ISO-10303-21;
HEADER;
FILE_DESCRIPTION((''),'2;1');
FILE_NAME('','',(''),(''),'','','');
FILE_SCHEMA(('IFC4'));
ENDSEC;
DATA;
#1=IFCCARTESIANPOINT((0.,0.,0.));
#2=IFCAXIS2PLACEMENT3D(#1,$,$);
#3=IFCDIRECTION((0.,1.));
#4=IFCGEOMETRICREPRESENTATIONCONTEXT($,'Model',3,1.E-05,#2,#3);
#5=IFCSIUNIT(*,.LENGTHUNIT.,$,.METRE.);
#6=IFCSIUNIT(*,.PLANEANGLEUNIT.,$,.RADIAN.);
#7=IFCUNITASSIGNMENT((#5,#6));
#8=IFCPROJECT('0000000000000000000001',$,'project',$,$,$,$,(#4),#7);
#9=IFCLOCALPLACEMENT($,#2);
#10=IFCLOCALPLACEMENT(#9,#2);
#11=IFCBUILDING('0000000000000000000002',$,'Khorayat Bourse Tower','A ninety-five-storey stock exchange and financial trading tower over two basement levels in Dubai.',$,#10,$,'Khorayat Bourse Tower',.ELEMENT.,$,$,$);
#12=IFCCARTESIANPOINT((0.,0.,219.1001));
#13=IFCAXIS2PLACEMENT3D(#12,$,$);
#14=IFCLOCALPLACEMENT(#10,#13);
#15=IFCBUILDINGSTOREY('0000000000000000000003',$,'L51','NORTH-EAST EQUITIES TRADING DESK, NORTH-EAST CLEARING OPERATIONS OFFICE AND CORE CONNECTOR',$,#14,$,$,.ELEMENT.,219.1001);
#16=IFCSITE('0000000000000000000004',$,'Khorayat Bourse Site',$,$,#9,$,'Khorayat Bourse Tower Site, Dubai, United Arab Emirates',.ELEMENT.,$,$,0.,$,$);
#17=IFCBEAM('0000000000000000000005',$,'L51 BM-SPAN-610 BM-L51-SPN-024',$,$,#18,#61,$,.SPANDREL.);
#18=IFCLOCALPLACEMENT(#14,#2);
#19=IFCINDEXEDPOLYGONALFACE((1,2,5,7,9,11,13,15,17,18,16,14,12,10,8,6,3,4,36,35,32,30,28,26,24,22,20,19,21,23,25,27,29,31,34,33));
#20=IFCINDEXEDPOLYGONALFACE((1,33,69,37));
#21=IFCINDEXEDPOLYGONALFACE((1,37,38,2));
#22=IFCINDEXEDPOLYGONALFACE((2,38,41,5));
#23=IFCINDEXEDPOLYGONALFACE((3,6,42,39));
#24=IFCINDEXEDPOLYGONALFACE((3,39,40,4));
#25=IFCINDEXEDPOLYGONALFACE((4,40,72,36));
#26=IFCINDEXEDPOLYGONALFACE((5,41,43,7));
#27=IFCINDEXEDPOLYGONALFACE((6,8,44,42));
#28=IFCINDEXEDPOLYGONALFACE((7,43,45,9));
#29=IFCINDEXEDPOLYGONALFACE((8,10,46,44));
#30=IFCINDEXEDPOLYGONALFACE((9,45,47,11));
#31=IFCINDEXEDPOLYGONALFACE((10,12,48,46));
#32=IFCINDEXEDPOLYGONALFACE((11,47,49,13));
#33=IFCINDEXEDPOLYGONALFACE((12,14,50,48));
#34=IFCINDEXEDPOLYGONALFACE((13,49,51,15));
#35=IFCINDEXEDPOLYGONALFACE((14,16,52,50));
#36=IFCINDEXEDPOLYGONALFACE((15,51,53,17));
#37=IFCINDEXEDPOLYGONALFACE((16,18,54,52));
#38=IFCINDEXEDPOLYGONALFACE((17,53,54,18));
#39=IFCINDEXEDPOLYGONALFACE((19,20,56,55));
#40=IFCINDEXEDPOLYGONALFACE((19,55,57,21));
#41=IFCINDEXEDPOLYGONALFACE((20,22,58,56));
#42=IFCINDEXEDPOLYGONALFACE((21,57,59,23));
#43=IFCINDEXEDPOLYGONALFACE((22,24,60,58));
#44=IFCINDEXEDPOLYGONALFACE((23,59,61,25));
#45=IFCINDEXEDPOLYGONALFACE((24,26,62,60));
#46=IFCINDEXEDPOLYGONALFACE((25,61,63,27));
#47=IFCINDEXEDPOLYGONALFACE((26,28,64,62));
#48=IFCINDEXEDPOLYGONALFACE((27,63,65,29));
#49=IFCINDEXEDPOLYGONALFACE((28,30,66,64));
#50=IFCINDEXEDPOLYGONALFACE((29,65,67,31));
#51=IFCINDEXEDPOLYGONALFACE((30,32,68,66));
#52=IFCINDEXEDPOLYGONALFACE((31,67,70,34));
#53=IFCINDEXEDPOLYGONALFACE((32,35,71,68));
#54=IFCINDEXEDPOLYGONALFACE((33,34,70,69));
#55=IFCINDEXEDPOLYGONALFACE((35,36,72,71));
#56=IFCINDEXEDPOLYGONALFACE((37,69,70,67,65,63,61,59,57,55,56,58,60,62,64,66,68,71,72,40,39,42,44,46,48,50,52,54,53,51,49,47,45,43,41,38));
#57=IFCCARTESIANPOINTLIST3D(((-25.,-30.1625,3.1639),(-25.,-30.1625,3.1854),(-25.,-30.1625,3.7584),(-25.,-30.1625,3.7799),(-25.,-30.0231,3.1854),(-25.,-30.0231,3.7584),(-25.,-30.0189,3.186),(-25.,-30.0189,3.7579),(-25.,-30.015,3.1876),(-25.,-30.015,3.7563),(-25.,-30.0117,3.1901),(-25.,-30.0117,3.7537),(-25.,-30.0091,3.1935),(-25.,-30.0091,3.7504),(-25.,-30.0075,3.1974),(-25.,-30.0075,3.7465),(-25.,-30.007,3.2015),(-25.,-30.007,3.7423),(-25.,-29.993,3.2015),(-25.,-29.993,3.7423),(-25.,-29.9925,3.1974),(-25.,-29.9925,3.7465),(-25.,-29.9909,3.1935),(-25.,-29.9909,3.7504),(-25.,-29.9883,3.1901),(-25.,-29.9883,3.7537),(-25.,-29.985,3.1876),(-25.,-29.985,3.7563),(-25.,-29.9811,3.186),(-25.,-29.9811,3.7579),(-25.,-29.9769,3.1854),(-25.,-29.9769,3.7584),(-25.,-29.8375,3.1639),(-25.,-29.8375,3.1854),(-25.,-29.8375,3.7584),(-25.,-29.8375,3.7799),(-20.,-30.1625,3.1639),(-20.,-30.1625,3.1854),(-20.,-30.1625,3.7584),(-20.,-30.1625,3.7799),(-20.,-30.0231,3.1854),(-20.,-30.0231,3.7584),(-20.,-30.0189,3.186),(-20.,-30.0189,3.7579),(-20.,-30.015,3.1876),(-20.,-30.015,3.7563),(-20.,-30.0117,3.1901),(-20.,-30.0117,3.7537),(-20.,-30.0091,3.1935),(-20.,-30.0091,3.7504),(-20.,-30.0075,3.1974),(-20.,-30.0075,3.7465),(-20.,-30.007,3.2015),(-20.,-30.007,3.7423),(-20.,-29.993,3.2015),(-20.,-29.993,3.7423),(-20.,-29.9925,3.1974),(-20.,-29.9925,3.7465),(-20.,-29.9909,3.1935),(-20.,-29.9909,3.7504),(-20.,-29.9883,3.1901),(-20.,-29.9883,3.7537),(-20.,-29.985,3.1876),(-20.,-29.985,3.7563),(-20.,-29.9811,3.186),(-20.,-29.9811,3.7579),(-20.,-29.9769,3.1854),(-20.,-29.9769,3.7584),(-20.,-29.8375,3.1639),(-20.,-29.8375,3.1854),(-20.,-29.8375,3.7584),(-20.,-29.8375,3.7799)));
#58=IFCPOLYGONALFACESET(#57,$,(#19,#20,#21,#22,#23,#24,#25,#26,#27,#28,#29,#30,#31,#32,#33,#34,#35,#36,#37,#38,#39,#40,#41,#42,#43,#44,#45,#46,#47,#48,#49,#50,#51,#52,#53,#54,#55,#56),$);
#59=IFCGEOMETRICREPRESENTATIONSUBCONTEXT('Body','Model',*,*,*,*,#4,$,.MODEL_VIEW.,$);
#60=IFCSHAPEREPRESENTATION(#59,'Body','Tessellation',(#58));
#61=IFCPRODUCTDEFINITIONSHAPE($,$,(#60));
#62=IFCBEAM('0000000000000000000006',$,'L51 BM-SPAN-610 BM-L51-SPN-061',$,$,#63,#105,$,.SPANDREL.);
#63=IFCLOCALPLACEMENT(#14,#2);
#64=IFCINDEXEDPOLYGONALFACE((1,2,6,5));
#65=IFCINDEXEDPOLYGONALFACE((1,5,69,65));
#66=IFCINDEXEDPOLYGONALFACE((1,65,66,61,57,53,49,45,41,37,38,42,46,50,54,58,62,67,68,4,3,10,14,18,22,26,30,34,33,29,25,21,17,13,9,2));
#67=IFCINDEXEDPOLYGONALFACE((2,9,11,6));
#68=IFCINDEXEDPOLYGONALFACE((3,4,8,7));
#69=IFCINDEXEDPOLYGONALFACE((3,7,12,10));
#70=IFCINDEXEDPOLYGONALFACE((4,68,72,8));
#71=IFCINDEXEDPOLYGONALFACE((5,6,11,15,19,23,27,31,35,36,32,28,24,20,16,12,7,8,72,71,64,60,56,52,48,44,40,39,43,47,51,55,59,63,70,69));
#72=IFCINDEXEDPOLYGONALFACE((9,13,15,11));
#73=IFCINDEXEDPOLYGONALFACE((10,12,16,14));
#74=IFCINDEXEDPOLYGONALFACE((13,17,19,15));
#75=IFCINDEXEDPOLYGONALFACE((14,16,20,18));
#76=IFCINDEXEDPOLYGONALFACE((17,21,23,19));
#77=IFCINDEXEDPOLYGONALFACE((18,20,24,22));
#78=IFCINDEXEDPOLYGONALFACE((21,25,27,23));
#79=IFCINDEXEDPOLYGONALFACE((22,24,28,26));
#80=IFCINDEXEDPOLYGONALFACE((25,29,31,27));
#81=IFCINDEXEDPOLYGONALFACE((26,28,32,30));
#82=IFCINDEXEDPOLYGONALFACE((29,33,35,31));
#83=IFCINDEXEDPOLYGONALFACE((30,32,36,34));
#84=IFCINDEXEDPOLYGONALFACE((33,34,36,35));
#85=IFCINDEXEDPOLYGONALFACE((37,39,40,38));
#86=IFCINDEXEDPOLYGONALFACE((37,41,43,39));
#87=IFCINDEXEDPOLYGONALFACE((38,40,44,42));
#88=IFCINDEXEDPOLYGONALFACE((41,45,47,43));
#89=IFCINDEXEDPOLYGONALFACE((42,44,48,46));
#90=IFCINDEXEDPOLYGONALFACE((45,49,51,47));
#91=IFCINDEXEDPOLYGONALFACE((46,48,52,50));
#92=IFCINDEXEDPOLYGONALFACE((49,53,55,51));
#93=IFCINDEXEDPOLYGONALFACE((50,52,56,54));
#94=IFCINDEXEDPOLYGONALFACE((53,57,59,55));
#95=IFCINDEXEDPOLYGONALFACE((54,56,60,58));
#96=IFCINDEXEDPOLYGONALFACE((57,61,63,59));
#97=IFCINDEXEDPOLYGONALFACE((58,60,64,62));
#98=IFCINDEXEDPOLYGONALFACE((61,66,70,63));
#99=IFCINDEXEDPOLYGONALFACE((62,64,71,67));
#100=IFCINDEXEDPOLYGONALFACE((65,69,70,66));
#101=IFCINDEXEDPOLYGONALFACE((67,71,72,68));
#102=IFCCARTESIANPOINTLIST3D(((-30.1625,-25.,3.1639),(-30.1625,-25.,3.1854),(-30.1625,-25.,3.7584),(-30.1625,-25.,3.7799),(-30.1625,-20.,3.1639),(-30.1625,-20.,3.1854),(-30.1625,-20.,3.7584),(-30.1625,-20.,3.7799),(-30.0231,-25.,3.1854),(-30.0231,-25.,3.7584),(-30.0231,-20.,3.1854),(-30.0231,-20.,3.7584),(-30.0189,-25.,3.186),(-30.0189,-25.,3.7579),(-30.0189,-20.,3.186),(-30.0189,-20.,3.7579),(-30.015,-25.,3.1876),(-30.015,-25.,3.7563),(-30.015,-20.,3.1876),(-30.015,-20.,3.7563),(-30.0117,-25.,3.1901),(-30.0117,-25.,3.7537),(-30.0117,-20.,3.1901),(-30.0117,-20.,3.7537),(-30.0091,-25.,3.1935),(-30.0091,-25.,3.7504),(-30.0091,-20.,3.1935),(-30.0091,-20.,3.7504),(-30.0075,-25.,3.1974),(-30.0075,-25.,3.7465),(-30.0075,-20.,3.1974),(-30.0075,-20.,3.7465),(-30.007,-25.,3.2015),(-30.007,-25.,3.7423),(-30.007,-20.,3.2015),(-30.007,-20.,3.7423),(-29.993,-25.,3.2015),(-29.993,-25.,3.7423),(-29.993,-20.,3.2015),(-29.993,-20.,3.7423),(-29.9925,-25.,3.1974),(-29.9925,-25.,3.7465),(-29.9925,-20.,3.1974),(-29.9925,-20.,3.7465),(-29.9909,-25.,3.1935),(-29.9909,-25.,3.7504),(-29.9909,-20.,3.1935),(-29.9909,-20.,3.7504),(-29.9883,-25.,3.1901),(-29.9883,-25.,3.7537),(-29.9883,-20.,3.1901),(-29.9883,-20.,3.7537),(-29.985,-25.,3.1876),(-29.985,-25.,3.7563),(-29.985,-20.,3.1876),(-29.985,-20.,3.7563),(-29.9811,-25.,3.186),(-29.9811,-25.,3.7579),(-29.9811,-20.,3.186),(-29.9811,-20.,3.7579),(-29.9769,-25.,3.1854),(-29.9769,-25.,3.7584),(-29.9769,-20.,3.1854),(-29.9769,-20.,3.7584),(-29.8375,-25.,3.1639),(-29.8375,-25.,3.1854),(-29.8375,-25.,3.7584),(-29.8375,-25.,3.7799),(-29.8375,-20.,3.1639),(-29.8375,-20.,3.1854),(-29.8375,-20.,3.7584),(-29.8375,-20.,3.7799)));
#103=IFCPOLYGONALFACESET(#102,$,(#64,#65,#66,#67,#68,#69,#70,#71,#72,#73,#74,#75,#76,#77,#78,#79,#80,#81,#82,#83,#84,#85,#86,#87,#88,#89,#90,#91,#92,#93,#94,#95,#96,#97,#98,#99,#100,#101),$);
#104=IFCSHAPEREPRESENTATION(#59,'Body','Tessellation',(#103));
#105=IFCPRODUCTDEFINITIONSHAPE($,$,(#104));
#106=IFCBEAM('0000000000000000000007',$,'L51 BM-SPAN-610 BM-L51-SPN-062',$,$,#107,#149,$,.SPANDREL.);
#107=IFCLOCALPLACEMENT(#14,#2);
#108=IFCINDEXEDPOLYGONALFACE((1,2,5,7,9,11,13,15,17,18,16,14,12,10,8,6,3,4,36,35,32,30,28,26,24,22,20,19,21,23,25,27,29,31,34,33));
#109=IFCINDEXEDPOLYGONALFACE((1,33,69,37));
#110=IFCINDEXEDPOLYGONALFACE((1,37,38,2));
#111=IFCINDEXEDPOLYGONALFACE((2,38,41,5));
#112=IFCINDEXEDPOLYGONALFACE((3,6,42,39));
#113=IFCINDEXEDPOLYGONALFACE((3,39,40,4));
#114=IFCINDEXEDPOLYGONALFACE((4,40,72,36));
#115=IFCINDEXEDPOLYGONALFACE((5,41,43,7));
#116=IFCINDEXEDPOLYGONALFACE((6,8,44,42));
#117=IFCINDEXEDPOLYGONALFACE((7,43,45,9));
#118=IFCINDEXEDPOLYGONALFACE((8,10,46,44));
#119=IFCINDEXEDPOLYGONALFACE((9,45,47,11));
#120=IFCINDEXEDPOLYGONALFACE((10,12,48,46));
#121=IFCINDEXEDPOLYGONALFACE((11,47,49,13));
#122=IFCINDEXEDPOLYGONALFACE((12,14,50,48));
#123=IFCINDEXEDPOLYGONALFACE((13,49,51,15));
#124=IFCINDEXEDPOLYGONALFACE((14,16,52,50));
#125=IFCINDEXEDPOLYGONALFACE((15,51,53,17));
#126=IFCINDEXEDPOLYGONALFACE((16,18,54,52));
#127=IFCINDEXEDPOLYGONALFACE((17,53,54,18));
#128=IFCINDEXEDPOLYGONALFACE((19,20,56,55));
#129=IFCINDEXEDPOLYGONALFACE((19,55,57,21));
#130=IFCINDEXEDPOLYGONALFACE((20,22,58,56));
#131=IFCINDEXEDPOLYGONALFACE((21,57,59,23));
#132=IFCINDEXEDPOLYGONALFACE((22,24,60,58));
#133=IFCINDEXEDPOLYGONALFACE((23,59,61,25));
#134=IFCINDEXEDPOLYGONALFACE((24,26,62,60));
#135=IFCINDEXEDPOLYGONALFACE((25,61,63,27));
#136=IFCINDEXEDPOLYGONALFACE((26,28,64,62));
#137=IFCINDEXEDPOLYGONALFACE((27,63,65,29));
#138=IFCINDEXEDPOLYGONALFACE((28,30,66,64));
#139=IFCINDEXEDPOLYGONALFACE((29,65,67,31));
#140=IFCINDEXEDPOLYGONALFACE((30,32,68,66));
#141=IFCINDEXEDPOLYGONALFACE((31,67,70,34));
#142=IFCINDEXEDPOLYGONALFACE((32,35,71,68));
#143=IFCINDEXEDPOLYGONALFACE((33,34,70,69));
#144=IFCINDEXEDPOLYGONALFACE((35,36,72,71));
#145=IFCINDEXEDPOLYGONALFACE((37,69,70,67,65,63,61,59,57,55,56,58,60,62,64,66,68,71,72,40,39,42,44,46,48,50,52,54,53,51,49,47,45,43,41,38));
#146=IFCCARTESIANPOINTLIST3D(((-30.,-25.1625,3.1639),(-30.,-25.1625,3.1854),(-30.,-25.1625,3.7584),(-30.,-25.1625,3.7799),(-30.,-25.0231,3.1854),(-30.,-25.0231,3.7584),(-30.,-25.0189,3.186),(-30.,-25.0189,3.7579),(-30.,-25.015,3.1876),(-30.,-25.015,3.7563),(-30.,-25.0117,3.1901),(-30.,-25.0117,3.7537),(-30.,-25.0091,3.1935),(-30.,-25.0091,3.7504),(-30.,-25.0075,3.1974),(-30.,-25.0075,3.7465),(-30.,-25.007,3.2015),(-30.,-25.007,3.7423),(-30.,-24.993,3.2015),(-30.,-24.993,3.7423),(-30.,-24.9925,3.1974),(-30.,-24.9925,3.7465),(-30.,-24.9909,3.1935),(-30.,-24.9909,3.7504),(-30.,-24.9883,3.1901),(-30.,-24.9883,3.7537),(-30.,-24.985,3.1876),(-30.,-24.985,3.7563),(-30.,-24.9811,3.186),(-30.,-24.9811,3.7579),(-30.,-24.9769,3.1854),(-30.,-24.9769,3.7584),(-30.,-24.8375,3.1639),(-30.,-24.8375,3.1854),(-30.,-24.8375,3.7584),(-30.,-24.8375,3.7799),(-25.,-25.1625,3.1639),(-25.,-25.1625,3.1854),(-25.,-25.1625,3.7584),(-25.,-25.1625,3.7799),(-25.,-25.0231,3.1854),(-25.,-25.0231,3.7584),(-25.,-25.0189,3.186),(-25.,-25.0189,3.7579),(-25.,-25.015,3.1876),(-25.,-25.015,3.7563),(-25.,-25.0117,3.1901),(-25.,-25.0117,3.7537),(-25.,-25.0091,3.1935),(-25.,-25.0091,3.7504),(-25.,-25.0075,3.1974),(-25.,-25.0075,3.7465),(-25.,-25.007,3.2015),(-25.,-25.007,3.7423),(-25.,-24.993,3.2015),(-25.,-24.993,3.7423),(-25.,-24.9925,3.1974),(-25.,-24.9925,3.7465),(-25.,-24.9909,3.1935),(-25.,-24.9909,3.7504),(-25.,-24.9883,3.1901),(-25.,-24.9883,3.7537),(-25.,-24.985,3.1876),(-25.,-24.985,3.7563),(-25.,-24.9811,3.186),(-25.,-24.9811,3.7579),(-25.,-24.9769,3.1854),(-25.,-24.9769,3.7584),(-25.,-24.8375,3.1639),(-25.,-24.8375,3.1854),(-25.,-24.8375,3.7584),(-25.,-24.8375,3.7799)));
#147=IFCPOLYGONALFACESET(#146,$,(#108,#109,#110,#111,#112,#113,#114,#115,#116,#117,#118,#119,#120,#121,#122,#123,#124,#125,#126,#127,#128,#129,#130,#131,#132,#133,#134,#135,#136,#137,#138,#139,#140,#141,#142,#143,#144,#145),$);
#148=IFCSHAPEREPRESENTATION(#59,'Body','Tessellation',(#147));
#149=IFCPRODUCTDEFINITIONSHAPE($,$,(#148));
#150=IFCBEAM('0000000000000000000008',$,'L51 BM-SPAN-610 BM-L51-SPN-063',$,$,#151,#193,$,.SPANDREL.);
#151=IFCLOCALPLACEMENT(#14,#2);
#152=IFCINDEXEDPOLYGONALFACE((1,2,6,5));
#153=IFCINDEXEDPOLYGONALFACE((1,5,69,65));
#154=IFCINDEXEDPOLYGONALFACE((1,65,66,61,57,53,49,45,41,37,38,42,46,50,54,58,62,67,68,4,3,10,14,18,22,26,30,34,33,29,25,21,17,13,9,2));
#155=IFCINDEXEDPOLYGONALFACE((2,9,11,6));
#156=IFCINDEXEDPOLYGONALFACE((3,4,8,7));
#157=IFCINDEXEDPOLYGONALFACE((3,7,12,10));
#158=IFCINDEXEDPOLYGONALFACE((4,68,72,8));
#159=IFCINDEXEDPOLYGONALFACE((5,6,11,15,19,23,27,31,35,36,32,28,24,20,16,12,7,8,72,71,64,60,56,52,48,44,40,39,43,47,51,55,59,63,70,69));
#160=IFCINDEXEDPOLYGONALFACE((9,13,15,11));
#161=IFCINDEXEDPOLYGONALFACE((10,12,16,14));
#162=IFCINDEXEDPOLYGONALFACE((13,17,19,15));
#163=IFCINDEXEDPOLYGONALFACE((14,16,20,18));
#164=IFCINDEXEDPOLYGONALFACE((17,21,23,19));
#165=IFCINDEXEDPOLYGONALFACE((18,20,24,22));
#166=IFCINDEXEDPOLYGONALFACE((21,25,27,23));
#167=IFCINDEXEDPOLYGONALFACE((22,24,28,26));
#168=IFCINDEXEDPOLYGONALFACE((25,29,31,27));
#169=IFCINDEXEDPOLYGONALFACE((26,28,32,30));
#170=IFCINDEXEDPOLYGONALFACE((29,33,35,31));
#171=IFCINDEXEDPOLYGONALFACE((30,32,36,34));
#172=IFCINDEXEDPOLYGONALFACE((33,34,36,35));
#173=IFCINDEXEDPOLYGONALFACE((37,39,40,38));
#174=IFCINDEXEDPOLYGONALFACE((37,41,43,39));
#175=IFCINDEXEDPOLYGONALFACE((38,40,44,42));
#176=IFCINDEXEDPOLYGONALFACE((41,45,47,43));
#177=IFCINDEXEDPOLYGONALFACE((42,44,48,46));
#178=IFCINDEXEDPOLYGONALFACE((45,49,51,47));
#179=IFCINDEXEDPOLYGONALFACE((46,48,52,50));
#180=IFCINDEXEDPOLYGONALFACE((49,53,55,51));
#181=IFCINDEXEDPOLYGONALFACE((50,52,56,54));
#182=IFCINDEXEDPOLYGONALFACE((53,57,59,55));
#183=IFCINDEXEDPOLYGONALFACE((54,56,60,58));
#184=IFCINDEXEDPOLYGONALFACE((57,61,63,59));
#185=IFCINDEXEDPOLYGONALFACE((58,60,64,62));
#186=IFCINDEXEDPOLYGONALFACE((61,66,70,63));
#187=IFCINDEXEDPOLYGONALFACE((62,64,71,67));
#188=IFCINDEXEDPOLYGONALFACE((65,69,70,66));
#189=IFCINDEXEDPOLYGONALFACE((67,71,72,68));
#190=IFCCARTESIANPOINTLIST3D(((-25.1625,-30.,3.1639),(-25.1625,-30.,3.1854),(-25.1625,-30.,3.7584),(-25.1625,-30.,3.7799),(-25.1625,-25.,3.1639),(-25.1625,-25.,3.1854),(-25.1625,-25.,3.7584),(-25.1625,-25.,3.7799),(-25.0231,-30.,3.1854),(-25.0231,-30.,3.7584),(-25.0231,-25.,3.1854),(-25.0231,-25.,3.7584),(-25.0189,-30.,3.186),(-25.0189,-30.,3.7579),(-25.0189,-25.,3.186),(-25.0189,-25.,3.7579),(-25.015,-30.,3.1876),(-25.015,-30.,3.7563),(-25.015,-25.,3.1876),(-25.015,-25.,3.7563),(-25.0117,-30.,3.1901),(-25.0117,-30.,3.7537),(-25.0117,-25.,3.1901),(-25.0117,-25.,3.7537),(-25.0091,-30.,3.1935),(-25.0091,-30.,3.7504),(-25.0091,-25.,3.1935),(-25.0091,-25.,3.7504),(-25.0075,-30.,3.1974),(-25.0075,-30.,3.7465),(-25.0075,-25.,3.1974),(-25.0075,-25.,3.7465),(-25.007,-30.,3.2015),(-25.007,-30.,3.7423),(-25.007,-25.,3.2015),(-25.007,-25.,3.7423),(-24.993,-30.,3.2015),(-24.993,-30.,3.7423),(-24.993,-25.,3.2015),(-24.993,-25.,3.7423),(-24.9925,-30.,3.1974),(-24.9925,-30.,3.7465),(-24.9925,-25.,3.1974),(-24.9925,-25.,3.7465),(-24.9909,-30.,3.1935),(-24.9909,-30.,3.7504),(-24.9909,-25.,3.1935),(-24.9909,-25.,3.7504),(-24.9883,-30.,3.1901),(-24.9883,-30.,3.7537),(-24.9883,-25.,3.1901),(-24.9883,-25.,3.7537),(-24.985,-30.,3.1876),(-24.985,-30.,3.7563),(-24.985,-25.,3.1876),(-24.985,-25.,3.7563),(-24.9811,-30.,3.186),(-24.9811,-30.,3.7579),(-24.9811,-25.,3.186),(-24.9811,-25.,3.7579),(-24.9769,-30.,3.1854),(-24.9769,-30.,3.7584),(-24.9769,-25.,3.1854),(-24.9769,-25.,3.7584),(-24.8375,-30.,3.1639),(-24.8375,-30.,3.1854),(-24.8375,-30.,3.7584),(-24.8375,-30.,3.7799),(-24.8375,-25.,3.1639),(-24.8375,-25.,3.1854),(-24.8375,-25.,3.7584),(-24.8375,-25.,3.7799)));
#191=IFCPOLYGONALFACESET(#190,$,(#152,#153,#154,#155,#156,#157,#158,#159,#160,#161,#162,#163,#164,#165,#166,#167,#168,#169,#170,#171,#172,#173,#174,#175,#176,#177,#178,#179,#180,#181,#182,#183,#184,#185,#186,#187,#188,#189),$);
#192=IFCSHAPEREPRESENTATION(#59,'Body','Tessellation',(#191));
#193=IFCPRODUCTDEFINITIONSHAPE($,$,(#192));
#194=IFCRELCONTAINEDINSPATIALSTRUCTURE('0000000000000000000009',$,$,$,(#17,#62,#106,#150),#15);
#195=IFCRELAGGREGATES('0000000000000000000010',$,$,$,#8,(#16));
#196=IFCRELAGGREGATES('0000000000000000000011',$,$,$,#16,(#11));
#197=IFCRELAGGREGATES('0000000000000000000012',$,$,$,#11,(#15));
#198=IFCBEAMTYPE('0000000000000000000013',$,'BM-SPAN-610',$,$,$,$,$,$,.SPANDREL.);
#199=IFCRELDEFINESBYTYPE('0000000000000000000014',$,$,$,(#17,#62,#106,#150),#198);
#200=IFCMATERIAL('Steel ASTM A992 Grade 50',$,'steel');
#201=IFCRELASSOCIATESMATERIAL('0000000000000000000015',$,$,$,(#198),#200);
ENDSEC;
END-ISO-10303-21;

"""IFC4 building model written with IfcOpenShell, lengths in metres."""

from ifc_helpers import new_model, si_unit, direction, frame, origin, origin_2d, place, context, subcontext, project, spatial, i_section, extrude, source, transform, mapped, material, material_profile, profile_set, type_object, element, save


model = new_model("IFC4")

# Units and contexts
model_context = context("Model", 3, precision=1e-05, world=origin(), true_north=direction((0.0, 1.0)))
body_context = subcontext(model_context, "Body", "Model", "MODEL_VIEW")
ifc_project = project(units=[si_unit("LENGTHUNIT", "METRE"), si_unit("PLANEANGLEUNIT", "RADIAN")], contexts=[model_context])

# Site, building, storey
site_placement = place(None, origin())
site = spatial("IfcSite", under=ifc_project, at=site_placement, Name="Khorayat Bourse Site", LongName="Khorayat Bourse Tower Site, Dubai, United Arab Emirates", CompositionType="ELEMENT", RefElevation=0.0)
building_placement = place(site_placement, origin())
building = spatial("IfcBuilding", under=site, at=building_placement, Name="Khorayat Bourse Tower", Description="A ninety-five-storey stock exchange and financial trading tower over two basement levels in Dubai.", LongName="Khorayat Bourse Tower", CompositionType="ELEMENT")
storey_placement = place(building_placement, frame((0.0, 0.0, 219.1001)))
storey = spatial("IfcBuildingStorey", under=building, at=storey_placement, Name="L51", Description="NORTH-EAST EQUITIES TRADING DESK, NORTH-EAST CLEARING OPERATIONS OFFICE AND CORE CONNECTOR", CompositionType="ELEMENT", Elevation=219.1001)

# Beams
ifc_material_1 = material(Name="Steel ASTM A992 Grade 50", Category="steel")
ifc_material_profile_1 = material_profile(ifc_material_1, i_section(OverallWidth=0.325, OverallDepth=0.616, WebThickness=0.0139, FlangeThickness=0.0215, FilletRadius=0.0161, at=origin_2d()), Name="W610X174")
ifc_profile_set_1 = profile_set([ifc_material_profile_1], Name="Steel ASTM A992 Grade 50")
beam_type_1 = type_object("IfcBeamType", Name="BM-SPAN-610", PredefinedType="SPANDREL", material=ifc_profile_set_1)
shared_shape_1 = source(origin(), body_context, "Body", "SweptSolid", [
    extrude(i_section(OverallWidth=0.325, OverallDepth=0.616, WebThickness=0.0139, FlangeThickness=0.0215, FilletRadius=0.0161, at=origin_2d()), origin(), (0.0, 0.0, 1.0), 5.0),
])
for number, where, z_axis, x_axis, name in (
    (1, (-25.0, -30.0, 3.4719), (1.0, 0.0, 0.0), (0.0, 1.0, 0.0), "L51 BM-SPAN-610 BM-L51-SPN-024"),
    (2, (-30.0, -25.0, 3.4719), (0.0, 1.0, 0.0), (-1.0, 0.0, 0.0), "L51 BM-SPAN-610 BM-L51-SPN-061"),
    (3, (-30.0, -25.0, 3.4719), (1.0, 0.0, 0.0), (0.0, 1.0, 0.0), "L51 BM-SPAN-610 BM-L51-SPN-062"),
    (4, (-25.0, -30.0, 3.4719), (0.0, 1.0, 0.0), (-1.0, 0.0, 0.0), "L51 BM-SPAN-610 BM-L51-SPN-063"),
):
    element("IfcBeam", number, at=place(storey_placement, frame(where, z_axis=z_axis, x_axis=x_axis)), inside=storey, type_object=beam_type_1, Name=name, PredefinedType="SPANDREL", context=body_context, shape_type="MappedRepresentation", body=[
        mapped(shared_shape_1, transform((0.0, 0.0, 0.0), scale=1.0)),
    ])

save(model, "model.ifc")
